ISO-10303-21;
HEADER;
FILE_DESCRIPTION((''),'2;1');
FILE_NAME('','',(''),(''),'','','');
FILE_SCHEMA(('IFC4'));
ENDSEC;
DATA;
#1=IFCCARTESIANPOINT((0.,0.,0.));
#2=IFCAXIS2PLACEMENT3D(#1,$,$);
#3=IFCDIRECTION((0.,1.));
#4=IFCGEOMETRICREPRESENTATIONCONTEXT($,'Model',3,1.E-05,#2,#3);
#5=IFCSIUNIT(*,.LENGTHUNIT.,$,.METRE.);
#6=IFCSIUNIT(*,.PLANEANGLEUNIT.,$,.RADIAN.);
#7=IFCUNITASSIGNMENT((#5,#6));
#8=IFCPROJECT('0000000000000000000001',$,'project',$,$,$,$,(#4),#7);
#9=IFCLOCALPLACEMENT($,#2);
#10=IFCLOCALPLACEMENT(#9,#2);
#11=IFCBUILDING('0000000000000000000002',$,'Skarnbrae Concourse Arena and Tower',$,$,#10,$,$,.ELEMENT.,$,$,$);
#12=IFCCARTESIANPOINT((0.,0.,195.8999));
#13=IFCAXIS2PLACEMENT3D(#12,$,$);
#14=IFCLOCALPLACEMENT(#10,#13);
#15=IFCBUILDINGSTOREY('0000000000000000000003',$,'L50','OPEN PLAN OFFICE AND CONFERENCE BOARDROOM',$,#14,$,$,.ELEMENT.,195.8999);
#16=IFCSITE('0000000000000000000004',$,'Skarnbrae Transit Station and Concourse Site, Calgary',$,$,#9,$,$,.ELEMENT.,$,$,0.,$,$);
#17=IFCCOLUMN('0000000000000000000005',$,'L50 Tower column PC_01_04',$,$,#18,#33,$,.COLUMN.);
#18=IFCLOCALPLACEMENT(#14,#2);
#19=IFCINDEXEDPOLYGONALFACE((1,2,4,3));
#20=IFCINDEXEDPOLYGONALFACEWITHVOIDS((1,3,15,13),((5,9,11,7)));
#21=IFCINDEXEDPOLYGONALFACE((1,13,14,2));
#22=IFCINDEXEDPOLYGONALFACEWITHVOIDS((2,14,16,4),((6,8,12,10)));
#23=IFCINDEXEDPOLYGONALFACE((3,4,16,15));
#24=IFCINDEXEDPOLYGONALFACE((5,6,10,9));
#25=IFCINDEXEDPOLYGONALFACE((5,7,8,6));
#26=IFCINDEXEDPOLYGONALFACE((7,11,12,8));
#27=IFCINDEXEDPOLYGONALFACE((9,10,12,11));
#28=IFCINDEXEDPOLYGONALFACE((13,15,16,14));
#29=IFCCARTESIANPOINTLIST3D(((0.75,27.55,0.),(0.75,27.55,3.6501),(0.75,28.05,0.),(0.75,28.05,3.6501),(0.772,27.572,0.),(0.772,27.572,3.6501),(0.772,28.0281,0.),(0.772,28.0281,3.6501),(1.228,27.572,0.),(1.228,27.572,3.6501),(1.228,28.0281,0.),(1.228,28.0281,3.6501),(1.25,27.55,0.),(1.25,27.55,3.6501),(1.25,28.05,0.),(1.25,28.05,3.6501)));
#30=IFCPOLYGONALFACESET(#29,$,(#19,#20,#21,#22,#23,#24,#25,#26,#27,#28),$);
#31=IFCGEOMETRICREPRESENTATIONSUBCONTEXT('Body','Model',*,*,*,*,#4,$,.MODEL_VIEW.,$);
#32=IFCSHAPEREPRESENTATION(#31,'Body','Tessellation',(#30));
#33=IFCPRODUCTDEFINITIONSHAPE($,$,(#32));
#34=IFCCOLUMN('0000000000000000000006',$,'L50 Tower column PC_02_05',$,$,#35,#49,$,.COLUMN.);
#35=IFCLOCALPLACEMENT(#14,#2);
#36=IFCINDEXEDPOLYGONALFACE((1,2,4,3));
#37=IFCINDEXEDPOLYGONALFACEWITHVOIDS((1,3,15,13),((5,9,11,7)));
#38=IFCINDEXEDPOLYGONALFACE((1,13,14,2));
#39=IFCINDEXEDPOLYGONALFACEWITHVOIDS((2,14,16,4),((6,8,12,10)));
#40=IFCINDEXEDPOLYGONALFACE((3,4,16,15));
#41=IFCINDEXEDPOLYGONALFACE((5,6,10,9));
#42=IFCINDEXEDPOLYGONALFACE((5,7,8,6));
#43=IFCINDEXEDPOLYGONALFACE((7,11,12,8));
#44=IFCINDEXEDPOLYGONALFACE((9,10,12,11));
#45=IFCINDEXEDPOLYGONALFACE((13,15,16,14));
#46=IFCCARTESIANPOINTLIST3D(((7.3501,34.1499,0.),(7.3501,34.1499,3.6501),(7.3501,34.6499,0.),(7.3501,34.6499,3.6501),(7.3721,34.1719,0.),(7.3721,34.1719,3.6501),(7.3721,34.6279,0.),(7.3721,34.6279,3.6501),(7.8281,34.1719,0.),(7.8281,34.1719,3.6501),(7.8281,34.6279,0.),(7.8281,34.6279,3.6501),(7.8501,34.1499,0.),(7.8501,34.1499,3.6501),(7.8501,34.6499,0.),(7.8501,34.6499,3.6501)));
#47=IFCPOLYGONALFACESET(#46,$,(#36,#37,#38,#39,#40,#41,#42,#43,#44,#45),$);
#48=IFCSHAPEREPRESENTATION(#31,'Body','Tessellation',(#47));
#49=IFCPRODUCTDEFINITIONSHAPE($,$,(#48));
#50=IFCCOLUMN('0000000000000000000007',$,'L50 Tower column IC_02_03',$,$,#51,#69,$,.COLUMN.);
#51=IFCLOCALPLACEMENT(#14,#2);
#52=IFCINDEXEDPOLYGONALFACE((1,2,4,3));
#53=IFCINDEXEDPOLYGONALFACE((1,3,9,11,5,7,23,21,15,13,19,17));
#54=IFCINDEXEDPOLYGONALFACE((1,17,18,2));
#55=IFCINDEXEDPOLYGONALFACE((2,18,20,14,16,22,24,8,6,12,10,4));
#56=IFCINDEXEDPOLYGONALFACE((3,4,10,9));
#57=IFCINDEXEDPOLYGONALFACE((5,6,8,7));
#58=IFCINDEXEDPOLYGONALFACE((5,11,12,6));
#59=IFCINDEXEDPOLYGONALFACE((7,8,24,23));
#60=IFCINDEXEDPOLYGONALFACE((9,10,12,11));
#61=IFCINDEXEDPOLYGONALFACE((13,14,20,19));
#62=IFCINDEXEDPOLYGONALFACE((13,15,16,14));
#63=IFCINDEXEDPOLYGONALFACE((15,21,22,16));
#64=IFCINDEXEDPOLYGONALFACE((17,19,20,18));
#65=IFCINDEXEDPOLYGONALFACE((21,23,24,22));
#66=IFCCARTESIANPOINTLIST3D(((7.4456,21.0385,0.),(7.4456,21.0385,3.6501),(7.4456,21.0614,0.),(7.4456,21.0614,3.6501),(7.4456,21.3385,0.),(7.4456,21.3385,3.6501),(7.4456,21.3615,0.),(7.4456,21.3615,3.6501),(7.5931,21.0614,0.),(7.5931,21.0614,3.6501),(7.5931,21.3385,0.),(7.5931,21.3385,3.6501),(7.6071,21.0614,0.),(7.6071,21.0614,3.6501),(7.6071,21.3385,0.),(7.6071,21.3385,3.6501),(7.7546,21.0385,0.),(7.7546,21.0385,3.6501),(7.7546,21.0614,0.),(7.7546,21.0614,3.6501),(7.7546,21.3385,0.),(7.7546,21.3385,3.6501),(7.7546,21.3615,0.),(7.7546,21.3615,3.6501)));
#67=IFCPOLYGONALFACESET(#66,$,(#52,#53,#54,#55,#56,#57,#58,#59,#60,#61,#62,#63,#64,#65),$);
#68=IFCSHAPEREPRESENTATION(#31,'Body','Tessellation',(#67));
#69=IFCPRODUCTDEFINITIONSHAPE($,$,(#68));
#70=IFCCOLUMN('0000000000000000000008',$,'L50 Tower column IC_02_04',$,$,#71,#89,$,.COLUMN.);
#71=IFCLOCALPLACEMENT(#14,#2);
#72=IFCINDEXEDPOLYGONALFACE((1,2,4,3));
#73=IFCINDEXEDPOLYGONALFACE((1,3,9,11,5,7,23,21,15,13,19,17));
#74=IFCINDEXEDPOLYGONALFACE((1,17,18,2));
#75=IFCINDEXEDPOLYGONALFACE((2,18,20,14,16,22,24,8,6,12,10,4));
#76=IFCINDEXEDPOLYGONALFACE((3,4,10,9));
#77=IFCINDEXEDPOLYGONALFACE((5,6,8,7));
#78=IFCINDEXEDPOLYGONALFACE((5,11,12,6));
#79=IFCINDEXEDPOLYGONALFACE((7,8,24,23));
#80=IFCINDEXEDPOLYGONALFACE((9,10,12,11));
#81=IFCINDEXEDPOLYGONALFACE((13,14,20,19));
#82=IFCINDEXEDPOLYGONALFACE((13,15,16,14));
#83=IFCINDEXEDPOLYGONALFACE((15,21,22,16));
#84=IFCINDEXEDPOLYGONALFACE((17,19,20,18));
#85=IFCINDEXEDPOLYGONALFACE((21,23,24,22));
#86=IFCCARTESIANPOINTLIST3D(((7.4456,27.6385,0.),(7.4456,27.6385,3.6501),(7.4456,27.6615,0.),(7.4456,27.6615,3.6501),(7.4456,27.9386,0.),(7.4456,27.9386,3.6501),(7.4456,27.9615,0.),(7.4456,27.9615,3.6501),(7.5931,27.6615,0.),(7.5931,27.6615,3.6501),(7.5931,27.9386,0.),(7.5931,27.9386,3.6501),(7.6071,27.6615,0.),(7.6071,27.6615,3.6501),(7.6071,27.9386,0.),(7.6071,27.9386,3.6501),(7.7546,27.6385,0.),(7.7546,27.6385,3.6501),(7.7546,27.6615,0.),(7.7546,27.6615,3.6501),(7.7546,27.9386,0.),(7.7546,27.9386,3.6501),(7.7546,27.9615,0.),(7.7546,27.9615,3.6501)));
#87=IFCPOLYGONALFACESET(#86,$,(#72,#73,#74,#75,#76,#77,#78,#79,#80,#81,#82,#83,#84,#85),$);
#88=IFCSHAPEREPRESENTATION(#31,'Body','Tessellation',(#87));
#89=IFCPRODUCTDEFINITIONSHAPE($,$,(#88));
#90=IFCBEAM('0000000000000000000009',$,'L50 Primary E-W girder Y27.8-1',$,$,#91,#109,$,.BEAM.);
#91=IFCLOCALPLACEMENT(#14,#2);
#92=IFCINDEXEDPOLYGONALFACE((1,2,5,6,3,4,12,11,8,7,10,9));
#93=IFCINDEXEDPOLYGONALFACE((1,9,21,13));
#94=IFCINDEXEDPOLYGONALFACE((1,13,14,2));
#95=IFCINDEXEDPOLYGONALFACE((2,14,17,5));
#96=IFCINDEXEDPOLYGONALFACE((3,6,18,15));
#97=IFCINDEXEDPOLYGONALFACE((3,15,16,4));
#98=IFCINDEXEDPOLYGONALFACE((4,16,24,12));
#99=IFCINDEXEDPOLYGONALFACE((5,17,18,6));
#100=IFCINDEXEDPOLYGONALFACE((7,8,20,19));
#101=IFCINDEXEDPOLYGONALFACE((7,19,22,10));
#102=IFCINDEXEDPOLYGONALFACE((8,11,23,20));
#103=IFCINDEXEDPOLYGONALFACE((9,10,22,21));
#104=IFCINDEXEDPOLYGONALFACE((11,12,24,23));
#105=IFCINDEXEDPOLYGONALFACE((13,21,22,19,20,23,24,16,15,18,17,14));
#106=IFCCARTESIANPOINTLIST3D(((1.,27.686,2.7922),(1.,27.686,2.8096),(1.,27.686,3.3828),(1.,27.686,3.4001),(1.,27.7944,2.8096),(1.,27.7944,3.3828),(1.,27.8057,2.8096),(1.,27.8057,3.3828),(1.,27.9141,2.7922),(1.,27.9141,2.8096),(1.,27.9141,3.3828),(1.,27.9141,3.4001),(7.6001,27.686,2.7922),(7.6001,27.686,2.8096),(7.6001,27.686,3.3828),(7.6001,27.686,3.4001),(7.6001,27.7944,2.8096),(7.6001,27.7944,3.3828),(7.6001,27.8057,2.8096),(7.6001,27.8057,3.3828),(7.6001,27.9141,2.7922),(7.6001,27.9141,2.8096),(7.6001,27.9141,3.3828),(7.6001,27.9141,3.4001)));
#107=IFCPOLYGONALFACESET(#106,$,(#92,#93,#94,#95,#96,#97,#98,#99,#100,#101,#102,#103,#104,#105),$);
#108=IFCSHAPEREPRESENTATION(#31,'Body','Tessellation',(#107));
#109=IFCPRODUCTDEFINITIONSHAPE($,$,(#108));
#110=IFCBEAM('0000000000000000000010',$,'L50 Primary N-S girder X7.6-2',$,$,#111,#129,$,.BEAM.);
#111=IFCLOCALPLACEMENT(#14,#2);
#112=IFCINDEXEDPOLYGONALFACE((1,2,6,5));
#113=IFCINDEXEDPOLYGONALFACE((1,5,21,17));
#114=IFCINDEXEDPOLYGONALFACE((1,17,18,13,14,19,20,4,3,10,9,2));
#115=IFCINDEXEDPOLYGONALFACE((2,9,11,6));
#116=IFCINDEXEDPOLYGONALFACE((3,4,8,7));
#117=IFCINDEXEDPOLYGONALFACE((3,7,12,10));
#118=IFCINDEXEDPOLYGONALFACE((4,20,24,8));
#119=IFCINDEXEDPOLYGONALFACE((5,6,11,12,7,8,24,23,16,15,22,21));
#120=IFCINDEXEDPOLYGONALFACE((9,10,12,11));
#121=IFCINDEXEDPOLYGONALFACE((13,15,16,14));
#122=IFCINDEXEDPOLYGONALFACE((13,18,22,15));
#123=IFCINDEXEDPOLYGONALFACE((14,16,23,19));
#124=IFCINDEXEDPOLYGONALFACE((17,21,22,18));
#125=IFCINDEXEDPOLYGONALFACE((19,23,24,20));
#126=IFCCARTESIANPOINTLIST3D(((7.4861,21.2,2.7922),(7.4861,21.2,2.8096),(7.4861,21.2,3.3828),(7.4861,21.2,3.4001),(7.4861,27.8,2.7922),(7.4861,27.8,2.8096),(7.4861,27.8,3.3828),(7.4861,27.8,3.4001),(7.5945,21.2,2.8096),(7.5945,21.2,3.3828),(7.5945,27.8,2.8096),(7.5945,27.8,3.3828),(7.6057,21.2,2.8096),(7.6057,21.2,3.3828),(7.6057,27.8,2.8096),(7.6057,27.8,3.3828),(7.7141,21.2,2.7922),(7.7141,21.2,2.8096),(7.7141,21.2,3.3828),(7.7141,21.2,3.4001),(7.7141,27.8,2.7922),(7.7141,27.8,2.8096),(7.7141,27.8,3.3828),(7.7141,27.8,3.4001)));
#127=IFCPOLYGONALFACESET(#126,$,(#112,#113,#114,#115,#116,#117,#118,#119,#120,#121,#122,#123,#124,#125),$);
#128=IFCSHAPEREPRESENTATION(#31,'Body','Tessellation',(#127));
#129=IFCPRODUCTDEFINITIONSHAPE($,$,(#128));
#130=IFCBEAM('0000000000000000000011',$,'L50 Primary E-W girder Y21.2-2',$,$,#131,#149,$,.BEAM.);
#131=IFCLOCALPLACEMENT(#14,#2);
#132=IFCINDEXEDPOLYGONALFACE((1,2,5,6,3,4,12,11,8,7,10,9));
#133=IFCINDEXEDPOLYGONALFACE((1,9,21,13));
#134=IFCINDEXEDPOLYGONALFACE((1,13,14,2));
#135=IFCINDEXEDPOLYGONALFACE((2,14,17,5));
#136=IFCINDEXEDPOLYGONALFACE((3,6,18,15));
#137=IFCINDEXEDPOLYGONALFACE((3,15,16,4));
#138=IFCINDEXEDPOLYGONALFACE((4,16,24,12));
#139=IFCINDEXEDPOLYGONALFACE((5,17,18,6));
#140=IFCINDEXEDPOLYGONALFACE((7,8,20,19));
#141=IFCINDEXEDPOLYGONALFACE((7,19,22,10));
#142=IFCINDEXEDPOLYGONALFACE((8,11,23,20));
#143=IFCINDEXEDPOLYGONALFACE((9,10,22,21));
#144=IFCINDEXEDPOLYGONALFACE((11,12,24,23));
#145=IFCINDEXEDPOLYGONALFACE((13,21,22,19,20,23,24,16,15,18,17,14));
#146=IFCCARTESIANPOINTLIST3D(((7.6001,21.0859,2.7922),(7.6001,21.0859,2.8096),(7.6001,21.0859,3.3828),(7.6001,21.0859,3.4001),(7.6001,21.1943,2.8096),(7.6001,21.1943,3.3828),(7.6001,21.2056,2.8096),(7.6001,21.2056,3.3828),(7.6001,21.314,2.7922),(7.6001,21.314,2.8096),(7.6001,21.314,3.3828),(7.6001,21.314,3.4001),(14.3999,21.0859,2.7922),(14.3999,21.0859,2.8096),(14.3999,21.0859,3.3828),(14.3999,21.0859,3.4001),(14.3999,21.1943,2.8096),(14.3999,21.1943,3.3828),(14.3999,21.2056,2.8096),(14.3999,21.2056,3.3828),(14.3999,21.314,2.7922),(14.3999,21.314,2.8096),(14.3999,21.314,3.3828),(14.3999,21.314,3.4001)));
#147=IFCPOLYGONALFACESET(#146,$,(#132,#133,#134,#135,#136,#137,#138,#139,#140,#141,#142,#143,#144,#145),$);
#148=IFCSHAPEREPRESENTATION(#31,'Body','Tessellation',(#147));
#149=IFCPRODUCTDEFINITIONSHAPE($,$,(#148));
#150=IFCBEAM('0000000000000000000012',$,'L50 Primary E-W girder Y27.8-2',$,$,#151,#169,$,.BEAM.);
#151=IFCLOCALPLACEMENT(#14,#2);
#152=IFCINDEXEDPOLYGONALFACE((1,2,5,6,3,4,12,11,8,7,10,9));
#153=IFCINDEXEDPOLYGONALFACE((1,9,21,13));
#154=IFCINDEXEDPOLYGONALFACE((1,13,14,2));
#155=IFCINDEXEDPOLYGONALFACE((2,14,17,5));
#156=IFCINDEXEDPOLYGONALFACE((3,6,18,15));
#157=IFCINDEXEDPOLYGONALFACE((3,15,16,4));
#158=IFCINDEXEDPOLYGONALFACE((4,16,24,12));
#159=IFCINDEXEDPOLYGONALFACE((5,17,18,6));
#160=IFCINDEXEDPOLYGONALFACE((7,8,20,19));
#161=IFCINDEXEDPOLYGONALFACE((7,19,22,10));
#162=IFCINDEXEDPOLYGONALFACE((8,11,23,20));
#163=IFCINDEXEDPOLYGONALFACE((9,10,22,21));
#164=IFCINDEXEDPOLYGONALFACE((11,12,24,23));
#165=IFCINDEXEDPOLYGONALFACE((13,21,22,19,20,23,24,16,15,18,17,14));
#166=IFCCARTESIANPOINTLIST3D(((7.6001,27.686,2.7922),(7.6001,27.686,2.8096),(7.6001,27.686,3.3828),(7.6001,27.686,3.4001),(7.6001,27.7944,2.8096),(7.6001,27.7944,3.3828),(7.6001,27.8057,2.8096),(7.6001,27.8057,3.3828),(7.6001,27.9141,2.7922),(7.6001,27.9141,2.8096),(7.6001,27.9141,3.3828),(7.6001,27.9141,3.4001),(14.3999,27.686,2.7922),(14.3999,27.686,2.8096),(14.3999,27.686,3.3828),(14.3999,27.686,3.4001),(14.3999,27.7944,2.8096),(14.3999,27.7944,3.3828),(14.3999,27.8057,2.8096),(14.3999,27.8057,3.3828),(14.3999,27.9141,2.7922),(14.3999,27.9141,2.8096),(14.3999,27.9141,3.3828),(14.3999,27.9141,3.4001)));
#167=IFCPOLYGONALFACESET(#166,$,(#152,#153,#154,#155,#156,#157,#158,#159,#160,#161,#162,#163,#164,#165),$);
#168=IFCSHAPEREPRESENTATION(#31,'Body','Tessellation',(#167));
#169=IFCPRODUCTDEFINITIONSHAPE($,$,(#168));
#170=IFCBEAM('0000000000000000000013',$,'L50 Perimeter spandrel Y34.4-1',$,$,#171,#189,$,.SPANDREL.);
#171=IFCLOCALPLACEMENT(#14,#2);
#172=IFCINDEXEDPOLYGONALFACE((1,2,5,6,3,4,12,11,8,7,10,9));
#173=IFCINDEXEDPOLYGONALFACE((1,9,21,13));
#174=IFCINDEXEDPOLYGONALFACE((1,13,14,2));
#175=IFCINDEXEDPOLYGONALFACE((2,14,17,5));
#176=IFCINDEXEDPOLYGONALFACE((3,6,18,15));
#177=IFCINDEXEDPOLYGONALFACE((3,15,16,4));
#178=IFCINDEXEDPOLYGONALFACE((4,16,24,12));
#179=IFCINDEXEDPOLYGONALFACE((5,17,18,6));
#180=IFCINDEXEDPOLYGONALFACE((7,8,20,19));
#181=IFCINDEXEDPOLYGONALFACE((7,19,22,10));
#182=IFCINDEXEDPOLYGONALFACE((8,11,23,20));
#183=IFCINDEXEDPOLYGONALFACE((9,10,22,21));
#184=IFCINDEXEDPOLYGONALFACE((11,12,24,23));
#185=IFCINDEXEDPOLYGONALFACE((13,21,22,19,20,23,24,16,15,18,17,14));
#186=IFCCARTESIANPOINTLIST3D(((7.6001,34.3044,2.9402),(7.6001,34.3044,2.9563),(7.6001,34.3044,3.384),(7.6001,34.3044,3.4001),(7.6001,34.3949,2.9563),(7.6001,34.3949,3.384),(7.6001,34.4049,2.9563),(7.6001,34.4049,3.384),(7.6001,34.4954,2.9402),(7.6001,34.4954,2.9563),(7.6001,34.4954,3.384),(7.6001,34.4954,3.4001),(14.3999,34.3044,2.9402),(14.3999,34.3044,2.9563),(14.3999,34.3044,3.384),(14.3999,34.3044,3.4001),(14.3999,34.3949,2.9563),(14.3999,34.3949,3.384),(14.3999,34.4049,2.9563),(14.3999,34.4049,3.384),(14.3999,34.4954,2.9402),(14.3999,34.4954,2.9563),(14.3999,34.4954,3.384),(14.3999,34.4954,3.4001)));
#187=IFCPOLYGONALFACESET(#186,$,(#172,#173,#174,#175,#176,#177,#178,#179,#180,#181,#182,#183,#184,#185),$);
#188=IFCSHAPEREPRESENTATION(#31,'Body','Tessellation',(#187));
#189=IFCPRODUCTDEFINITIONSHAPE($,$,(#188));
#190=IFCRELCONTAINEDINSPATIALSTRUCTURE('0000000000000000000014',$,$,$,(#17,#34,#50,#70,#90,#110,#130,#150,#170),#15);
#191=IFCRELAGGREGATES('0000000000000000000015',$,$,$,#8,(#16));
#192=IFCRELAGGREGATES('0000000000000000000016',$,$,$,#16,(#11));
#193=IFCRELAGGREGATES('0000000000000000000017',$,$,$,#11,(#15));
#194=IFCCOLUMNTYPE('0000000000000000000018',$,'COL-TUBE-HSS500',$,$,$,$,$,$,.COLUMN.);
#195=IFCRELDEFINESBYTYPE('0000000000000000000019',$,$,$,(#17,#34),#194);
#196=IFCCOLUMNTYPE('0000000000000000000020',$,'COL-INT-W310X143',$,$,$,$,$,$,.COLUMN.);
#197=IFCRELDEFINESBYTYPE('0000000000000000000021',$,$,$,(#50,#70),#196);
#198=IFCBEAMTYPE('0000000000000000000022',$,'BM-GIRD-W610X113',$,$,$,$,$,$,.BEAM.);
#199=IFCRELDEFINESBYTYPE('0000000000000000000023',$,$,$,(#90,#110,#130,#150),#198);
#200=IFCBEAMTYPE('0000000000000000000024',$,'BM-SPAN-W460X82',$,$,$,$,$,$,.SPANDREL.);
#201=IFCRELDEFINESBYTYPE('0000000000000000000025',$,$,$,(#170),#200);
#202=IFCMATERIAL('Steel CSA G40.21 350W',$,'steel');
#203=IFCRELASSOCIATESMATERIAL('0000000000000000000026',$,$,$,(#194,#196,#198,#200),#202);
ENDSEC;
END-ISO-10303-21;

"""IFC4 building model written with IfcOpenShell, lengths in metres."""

from ifc_helpers import new_model, si_unit, direction, frame, origin, origin_2d, place, context, subcontext, project, spatial, hollow_rectangle, i_section, extrude, source, transform, mapped, material, material_profile, profile_set, type_object, element, save


model = new_model("IFC4")

# Units and contexts
model_context = context("Model", 3, precision=1e-05, world=origin(), true_north=direction((0.0, 1.0)))
body_context = subcontext(model_context, "Body", "Model", "MODEL_VIEW")
ifc_project = project(units=[si_unit("LENGTHUNIT", "METRE"), si_unit("PLANEANGLEUNIT", "RADIAN")], contexts=[model_context])

# Site, building, storey
site_placement = place(None, origin())
site = spatial("IfcSite", under=ifc_project, at=site_placement, Name="Skarnbrae Transit Station and Concourse Site, Calgary", CompositionType="ELEMENT", RefElevation=0.0)
building_placement = place(site_placement, origin())
building = spatial("IfcBuilding", under=site, at=building_placement, Name="Skarnbrae Concourse Arena and Tower", CompositionType="ELEMENT")
storey_placement = place(building_placement, frame((0.0, 0.0, 195.8999)))
storey = spatial("IfcBuildingStorey", under=building, at=storey_placement, Name="L50", Description="OPEN PLAN OFFICE AND CONFERENCE BOARDROOM", CompositionType="ELEMENT", Elevation=195.8999)

# Columns
ifc_material_1 = material(Name="Steel CSA G40.21 350W", Category="steel")
ifc_material_profile_1 = material_profile(ifc_material_1, hollow_rectangle(XDim=0.5, YDim=0.5, WallThickness=0.022, at=origin_2d()), Name="HSS500X500X22.0")
ifc_profile_set_1 = profile_set([ifc_material_profile_1], Name="Steel CSA G40.21 350W")
column_type_1 = type_object("IfcColumnType", Name="COL-TUBE-HSS500", PredefinedType="COLUMN", material=ifc_profile_set_1)
shared_shape_1 = source(origin(), body_context, "Body", "SweptSolid", [
    extrude(hollow_rectangle(XDim=0.5, YDim=0.5, WallThickness=0.022, at=origin_2d()), origin(), (0.0, 0.0, 1.0), 3.6501),
])
for number, where, z_axis, x_axis, name in (
    (1, (1.0, 27.8, 0.0), (0.0, 0.0, 1.0), (1.0, 0.0, 0.0), "L50 Tower column PC_01_04"),
    (2, (7.6001, 34.3999, 0.0), (0.0, 0.0, 1.0), (1.0, 0.0, 0.0), "L50 Tower column PC_02_05"),
):
    element("IfcColumn", number, at=place(storey_placement, frame(where, z_axis=z_axis, x_axis=x_axis)), inside=storey, type_object=column_type_1, Name=name, PredefinedType="COLUMN", context=body_context, shape_type="MappedRepresentation", body=[
        mapped(shared_shape_1, transform((0.0, 0.0, 0.0))),
    ])
ifc_material_profile_2 = material_profile(ifc_material_1, i_section(OverallWidth=0.3091, OverallDepth=0.323, WebThickness=0.0139, FlangeThickness=0.0229, at=origin_2d()), Name="W310X143")
ifc_profile_set_2 = profile_set([ifc_material_profile_2], Name="Steel CSA G40.21 350W")
column_type_2 = type_object("IfcColumnType", Name="COL-INT-W310X143", PredefinedType="COLUMN", material=ifc_profile_set_2)
shared_shape_2 = source(origin(), body_context, "Body", "SweptSolid", [
    extrude(i_section(OverallWidth=0.3091, OverallDepth=0.323, WebThickness=0.0139, FlangeThickness=0.0229, at=origin_2d()), origin(), (0.0, 0.0, 1.0), 3.6501),
])
for number, where, z_axis, x_axis, name in (
    (3, (7.6001, 21.2, 0.0), (0.0, 0.0, 1.0), (1.0, 0.0, 0.0), "L50 Tower column IC_02_03"),
    (4, (7.6001, 27.8, 0.0), (0.0, 0.0, 1.0), (1.0, 0.0, 0.0), "L50 Tower column IC_02_04"),
):
    element("IfcColumn", number, at=place(storey_placement, frame(where, z_axis=z_axis, x_axis=x_axis)), inside=storey, type_object=column_type_2, Name=name, PredefinedType="COLUMN", context=body_context, shape_type="MappedRepresentation", body=[
        mapped(shared_shape_2, transform((0.0, 0.0, 0.0))),
    ])

# Beams
ifc_material_profile_3 = material_profile(ifc_material_1, i_section(OverallWidth=0.228, OverallDepth=0.6079, WebThickness=0.0112, FlangeThickness=0.0173, at=origin_2d()), Name="W610X113")
ifc_profile_set_3 = profile_set([ifc_material_profile_3], Name="Steel CSA G40.21 350W")
beam_type_1 = type_object("IfcBeamType", Name="BM-GIRD-W610X113", PredefinedType="BEAM", material=ifc_profile_set_3)
shared_shape_3 = source(origin(), body_context, "Body", "SweptSolid", [
    extrude(i_section(OverallWidth=0.228, OverallDepth=0.6079, WebThickness=0.0112, FlangeThickness=0.0173, at=origin_2d()), origin(), (0.0, 0.0, 1.0), 6.6001),
])
for number, where, z_axis, x_axis, name in (
    (5, (1.0, 27.8, 3.0962), (1.0, 0.0, 0.0), (0.0, 1.0, 0.0), "L50 Primary E-W girder Y27.8-1"),
    (6, (7.6001, 21.2, 3.0962), (0.0, 1.0, 0.0), (-1.0, 0.0, 0.0), "L50 Primary N-S girder X7.6-2"),
):
    element("IfcBeam", number, at=place(storey_placement, frame(where, z_axis=z_axis, x_axis=x_axis)), inside=storey, type_object=beam_type_1, Name=name, PredefinedType="BEAM", context=body_context, shape_type="MappedRepresentation", body=[
        mapped(shared_shape_3, transform((0.0, 0.0, 0.0))),
    ])
shared_shape_4 = source(origin(), body_context, "Body", "SweptSolid", [
    extrude(i_section(OverallWidth=0.228, OverallDepth=0.6079, WebThickness=0.0112, FlangeThickness=0.0173, at=origin_2d()), origin(), (0.0, 0.0, 1.0), 6.7998),
])
for number, where, z_axis, x_axis, name in (
    (7, (7.6001, 21.2, 3.0962), (1.0, 0.0, 0.0), (0.0, 1.0, 0.0), "L50 Primary E-W girder Y21.2-2"),
    (8, (7.6001, 27.8, 3.0962), (1.0, 0.0, 0.0), (0.0, 1.0, 0.0), "L50 Primary E-W girder Y27.8-2"),
):
    element("IfcBeam", number, at=place(storey_placement, frame(where, z_axis=z_axis, x_axis=x_axis)), inside=storey, type_object=beam_type_1, Name=name, PredefinedType="BEAM", context=body_context, shape_type="MappedRepresentation", body=[
        mapped(shared_shape_4, transform((0.0, 0.0, 0.0))),
    ])
ifc_material_profile_4 = material_profile(ifc_material_1, i_section(OverallWidth=0.1909, OverallDepth=0.46, WebThickness=0.01, FlangeThickness=0.0161, at=origin_2d()), Name="W460X82")
ifc_profile_set_4 = profile_set([ifc_material_profile_4], Name="Steel CSA G40.21 350W")
beam_type_2 = type_object("IfcBeamType", Name="BM-SPAN-W460X82", PredefinedType="SPANDREL", material=ifc_profile_set_4)
shared_shape_5 = source(origin(), body_context, "Body", "SweptSolid", [
    extrude(i_section(OverallWidth=0.1909, OverallDepth=0.46, WebThickness=0.01, FlangeThickness=0.0161, at=origin_2d()), origin(), (0.0, 0.0, 1.0), 6.7998),
])
beam_1_placement = place(storey_placement, frame((7.6001, 34.3999, 3.1702), z_axis=(1.0, 0.0, 0.0), x_axis=(0.0, 1.0, 0.0)))
element("IfcBeam", 9, at=beam_1_placement, inside=storey, type_object=beam_type_2, Name="L50 Perimeter spandrel Y34.4-1", PredefinedType="SPANDREL", context=body_context, shape_type="MappedRepresentation", body=[
    mapped(shared_shape_5, transform((0.0, 0.0, 0.0))),
])

save(model, "model.ifc")
